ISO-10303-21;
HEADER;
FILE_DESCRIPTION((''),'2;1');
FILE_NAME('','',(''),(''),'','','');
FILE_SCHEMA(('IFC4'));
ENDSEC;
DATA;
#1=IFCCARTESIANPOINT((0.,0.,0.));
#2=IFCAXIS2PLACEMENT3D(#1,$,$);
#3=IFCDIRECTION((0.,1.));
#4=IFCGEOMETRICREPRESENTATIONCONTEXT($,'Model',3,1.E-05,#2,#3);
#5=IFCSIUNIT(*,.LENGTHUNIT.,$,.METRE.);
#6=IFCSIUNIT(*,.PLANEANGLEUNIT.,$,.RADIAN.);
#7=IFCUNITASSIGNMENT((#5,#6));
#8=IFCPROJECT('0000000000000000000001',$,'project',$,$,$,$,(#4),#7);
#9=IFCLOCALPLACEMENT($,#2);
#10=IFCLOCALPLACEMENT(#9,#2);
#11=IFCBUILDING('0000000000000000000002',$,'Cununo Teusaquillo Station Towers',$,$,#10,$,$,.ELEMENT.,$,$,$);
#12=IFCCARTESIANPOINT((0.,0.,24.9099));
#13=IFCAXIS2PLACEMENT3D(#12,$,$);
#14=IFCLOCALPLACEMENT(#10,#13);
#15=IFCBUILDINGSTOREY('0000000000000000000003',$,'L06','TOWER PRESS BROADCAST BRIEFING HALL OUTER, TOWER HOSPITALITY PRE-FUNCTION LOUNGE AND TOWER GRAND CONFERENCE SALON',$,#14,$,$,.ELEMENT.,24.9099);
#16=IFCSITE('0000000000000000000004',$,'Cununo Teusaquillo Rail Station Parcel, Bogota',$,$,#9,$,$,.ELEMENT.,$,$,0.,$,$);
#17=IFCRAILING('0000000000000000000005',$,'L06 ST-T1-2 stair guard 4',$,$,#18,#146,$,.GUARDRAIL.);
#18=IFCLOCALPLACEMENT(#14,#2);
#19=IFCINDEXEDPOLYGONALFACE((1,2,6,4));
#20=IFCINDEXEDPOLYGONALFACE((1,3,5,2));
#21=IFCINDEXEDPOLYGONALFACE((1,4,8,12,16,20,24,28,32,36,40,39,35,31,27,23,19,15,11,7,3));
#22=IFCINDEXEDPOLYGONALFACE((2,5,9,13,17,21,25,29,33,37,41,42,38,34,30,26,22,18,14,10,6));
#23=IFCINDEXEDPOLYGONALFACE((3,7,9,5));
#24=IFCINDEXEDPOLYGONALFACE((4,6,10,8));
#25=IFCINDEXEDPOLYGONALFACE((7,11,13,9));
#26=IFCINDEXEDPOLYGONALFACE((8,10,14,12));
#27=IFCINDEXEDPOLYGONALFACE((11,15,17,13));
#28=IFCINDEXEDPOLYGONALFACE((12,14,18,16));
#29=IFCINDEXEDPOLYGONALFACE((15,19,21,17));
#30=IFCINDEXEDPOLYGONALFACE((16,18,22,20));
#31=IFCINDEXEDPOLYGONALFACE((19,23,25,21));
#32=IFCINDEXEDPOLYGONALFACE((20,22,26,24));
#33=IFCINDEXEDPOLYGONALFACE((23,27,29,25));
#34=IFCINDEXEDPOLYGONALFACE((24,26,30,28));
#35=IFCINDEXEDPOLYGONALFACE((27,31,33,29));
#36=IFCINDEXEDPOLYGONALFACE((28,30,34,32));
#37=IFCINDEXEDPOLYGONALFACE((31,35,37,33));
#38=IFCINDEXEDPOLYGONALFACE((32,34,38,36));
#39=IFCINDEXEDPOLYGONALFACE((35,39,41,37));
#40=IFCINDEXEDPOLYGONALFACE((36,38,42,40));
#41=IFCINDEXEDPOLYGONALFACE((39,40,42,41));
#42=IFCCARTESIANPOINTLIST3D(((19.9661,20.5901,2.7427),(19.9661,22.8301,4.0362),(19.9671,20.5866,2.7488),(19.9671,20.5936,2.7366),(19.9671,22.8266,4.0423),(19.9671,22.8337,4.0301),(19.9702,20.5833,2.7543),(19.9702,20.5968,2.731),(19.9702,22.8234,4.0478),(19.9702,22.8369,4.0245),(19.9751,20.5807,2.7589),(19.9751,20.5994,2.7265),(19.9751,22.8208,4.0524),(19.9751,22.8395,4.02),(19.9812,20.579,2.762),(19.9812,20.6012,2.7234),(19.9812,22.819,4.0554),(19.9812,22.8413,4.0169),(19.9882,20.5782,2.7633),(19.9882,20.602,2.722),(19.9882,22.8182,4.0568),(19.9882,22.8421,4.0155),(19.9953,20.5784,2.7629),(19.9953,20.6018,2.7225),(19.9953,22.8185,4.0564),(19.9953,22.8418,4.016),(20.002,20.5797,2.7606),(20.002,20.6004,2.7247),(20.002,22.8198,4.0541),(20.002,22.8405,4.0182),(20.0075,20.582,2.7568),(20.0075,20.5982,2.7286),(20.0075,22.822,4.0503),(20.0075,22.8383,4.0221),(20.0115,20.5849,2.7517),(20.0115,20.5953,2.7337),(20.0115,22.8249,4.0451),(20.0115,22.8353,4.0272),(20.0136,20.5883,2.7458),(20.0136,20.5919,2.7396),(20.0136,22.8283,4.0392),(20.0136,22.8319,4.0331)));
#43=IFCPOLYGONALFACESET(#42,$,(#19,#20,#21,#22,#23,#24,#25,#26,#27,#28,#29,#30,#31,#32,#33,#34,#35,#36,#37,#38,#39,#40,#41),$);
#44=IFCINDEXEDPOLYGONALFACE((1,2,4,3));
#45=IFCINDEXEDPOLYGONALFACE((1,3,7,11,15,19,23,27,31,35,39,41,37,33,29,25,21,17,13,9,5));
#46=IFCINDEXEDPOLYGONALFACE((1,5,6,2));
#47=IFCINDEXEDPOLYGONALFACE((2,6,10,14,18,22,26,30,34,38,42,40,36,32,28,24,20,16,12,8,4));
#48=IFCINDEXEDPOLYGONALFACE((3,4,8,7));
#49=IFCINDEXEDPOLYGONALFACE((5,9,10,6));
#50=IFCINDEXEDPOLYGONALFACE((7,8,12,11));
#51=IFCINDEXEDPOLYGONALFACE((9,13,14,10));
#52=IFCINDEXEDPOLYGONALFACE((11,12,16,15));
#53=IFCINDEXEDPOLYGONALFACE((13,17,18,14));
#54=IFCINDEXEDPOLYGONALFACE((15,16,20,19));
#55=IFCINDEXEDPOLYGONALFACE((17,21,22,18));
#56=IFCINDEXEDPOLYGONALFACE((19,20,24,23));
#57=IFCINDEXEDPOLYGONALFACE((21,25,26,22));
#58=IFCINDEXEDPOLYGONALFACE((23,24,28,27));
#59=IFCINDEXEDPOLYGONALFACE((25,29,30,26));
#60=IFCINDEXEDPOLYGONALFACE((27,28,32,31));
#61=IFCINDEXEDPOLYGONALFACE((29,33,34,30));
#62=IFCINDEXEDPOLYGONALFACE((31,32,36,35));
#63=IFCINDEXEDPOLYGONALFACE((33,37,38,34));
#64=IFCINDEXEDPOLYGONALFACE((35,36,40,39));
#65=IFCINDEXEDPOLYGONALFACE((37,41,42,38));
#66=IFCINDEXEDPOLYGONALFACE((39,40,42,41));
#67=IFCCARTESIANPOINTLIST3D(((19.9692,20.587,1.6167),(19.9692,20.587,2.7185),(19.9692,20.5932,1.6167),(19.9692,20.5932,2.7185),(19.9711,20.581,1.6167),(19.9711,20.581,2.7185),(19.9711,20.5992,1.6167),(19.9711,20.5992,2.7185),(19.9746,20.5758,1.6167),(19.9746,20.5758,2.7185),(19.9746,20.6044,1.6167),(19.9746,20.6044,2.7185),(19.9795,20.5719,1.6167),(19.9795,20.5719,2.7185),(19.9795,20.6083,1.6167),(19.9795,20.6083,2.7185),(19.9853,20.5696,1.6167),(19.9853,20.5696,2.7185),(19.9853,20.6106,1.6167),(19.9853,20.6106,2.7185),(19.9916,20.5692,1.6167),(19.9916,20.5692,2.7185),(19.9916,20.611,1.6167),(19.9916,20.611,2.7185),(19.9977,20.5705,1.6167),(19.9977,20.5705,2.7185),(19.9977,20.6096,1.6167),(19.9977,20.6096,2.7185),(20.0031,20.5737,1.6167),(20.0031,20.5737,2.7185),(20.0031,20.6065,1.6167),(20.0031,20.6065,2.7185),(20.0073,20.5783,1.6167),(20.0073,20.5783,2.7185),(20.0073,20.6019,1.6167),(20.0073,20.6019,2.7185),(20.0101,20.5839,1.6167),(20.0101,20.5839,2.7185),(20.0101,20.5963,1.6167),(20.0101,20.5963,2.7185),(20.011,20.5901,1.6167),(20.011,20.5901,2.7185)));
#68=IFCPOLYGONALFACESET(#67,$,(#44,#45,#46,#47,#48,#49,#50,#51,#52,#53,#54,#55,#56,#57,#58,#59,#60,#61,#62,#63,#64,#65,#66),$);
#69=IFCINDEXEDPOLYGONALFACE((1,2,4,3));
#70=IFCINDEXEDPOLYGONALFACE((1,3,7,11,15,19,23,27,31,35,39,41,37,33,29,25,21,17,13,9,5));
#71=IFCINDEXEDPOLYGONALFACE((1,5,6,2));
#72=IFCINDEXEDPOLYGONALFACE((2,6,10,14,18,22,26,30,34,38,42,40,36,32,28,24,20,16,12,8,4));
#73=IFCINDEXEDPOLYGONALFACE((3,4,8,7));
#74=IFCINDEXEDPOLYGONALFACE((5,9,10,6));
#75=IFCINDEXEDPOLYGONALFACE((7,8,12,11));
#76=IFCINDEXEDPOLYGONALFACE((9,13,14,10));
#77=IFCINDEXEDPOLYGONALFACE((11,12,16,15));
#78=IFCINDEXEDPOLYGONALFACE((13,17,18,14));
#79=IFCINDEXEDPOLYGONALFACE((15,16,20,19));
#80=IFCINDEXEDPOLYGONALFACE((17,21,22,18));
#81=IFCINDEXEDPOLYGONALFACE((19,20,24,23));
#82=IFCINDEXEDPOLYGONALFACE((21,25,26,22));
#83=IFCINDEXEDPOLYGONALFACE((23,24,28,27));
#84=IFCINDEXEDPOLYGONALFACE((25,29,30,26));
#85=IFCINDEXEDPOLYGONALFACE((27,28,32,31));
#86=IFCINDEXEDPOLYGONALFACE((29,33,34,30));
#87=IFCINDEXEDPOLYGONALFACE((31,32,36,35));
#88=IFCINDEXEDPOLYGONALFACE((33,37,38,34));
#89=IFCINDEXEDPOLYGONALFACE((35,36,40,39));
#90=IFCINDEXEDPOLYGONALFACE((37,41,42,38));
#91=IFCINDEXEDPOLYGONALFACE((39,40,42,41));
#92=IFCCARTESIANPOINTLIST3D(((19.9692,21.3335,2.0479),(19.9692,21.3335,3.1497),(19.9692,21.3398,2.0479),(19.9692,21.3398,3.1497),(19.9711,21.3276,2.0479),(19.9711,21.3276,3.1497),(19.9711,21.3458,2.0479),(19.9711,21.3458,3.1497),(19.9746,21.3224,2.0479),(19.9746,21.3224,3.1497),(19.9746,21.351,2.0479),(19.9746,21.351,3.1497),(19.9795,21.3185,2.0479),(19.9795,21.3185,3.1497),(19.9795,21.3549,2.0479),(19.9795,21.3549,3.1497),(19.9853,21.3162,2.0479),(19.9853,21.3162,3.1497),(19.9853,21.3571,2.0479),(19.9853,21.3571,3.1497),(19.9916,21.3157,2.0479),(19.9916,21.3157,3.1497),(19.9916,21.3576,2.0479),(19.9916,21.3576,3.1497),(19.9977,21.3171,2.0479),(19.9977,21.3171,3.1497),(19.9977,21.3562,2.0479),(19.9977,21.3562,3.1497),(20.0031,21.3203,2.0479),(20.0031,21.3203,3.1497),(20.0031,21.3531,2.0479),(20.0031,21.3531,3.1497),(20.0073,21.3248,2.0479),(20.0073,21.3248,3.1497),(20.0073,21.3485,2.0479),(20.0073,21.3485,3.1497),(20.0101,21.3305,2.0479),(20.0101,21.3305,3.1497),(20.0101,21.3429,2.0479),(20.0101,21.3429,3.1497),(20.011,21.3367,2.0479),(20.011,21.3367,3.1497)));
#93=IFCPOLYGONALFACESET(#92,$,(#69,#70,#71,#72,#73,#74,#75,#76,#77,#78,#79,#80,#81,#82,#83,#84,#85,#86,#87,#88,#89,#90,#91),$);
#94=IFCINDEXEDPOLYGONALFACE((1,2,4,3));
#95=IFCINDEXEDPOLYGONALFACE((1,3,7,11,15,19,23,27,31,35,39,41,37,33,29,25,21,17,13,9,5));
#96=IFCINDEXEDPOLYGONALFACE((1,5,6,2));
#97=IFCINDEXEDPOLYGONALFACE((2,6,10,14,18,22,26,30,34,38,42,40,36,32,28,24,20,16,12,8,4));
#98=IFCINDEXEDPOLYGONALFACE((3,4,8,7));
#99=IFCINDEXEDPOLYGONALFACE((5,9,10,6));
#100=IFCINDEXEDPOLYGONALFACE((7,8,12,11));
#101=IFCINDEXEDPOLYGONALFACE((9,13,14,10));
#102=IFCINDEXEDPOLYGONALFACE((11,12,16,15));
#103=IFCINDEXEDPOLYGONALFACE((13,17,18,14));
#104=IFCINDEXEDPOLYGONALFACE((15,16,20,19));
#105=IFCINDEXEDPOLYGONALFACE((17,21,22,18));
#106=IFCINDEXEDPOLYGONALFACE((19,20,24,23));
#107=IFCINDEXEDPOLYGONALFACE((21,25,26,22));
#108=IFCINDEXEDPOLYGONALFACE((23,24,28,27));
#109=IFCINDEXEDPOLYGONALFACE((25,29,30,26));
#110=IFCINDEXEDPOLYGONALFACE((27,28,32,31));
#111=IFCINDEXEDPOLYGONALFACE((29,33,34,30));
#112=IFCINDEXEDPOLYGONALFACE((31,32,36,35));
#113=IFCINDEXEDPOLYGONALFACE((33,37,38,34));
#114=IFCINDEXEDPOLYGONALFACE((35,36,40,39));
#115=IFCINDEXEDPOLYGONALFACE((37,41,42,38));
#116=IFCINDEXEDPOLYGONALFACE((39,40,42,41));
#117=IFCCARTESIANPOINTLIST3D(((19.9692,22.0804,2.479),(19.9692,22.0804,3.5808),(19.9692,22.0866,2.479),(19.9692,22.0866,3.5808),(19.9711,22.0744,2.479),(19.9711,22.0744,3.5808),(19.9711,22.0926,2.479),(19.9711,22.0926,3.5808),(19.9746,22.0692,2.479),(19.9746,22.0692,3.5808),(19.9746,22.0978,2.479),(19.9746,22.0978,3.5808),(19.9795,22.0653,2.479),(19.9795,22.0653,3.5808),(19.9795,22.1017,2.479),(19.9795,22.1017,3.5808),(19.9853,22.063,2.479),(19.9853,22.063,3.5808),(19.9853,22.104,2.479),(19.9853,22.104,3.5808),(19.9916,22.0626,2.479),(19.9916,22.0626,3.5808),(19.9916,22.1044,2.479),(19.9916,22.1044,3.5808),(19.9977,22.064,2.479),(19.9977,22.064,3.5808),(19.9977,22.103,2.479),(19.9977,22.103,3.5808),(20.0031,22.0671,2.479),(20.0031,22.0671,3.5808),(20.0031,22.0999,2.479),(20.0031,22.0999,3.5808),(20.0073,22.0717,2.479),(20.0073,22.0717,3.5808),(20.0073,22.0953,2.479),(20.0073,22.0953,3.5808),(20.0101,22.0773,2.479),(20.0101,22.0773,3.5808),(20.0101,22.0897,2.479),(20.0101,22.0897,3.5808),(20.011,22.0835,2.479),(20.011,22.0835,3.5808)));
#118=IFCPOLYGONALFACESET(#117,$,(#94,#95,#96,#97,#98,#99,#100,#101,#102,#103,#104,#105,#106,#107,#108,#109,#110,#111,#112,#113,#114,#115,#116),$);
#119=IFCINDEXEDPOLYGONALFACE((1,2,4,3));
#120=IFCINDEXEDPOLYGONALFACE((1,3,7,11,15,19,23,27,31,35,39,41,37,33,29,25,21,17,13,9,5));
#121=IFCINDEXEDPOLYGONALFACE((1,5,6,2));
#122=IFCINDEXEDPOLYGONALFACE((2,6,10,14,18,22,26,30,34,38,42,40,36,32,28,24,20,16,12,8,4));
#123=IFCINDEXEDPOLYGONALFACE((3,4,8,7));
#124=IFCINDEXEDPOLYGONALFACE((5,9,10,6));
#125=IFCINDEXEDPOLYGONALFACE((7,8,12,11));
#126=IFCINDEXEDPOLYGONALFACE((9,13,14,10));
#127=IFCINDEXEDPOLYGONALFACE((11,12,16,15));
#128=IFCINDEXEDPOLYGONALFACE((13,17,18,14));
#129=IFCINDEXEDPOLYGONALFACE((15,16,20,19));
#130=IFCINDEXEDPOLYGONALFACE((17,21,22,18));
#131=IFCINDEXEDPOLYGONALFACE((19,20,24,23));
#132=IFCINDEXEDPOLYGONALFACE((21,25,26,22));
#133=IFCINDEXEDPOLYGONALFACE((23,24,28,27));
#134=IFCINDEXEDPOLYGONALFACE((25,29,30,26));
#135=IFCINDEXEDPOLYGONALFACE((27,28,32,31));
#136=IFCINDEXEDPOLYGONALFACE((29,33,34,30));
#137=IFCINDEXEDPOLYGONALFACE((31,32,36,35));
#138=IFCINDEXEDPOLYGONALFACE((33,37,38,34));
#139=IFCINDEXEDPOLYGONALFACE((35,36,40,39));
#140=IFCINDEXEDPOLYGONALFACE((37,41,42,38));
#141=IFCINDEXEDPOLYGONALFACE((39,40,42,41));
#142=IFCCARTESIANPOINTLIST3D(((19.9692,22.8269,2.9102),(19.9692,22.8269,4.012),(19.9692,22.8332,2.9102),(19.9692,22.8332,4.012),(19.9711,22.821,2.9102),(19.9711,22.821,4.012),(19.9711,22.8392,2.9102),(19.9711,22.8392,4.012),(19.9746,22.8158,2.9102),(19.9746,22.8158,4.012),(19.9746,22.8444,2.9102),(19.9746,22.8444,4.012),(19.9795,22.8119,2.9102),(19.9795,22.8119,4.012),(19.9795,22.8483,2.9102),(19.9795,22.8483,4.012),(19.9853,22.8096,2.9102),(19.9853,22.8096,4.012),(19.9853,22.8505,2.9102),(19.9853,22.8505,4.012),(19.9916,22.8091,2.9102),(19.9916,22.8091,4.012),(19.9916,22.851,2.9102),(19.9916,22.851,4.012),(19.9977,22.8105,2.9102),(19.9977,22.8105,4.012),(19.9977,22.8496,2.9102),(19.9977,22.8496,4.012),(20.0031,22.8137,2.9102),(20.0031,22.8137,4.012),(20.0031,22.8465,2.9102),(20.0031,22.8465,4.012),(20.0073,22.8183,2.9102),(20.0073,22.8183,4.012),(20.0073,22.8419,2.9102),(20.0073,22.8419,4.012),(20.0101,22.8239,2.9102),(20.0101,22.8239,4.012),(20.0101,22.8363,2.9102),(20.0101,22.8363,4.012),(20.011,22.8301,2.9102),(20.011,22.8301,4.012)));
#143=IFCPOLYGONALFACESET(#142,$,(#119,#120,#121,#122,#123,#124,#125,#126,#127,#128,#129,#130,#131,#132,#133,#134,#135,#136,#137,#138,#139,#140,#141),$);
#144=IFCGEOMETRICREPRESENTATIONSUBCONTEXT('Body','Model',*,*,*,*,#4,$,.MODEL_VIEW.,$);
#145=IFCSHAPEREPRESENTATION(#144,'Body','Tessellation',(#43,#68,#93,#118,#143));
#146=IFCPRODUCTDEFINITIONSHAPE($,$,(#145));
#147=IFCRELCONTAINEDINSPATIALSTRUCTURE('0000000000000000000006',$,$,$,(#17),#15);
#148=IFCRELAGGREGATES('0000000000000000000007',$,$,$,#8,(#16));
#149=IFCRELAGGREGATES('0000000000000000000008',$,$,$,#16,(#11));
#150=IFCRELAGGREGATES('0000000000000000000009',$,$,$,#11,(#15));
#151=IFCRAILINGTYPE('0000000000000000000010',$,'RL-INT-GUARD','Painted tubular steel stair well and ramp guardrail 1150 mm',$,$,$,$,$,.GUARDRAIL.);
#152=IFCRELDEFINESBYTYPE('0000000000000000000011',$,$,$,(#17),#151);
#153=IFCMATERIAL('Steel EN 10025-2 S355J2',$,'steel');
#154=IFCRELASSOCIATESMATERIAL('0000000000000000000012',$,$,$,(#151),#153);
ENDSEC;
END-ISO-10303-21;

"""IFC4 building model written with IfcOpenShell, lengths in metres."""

from ifc_helpers import new_model, si_unit, direction, frame, origin, origin_2d, place, context, subcontext, project, spatial, circle, extrude, material, type_object, element, save


model = new_model("IFC4")

# Units and contexts
model_context = context("Model", 3, precision=1e-05, world=origin(), true_north=direction((0.0, 1.0)))
body_context = subcontext(model_context, "Body", "Model", "MODEL_VIEW")
ifc_project = project(units=[si_unit("LENGTHUNIT", "METRE"), si_unit("PLANEANGLEUNIT", "RADIAN")], contexts=[model_context])

# Site, building, storey
site_placement = place(None, origin())
site = spatial("IfcSite", under=ifc_project, at=site_placement, Name="Cununo Teusaquillo Rail Station Parcel, Bogota", CompositionType="ELEMENT", RefElevation=0.0)
building_placement = place(site_placement, origin())
building = spatial("IfcBuilding", under=site, at=building_placement, Name="Cununo Teusaquillo Station Towers", CompositionType="ELEMENT")
storey_placement = place(building_placement, frame((0.0, 0.0, 24.9099)))
storey = spatial("IfcBuildingStorey", under=building, at=storey_placement, Name="L06", Description="TOWER PRESS BROADCAST BRIEFING HALL OUTER, TOWER HOSPITALITY PRE-FUNCTION LOUNGE AND TOWER GRAND CONFERENCE SALON", CompositionType="ELEMENT", Elevation=24.9099)

# Railing
ifc_material_1 = material(Name="Steel EN 10025-2 S355J2", Category="steel")
railing_type_1 = type_object("IfcRailingType", Name="RL-INT-GUARD", Description="Painted tubular steel stair well and ramp guardrail 1150 mm", PredefinedType="GUARDRAIL", material=ifc_material_1)
railing_1_placement = place(storey_placement, frame((19.99, 20.5901, 1.6167)))
element("IfcRailing", 1, at=railing_1_placement, inside=storey, type_object=railing_type_1, Name="L06 ST-T1-2 stair guard 4", PredefinedType="GUARDRAIL", context=body_context, shape_type="SweptSolid", body=[
    extrude(circle(Radius=0.0239, at=origin_2d()), frame((0.0, 0.0, 1.126), z_axis=(0.0, 0.865992, 0.500057), x_axis=(-1.0, 0.0, 0.0)), (0.0, 0.0, 1.0), 2.5867),
    extrude(circle(Radius=0.021, at=origin_2d()), origin(), (0.0, 0.0, 1.0), 1.1018),
    extrude(circle(Radius=0.021, at=origin_2d()), frame((0.0, 0.7466, 0.4312)), (0.0, 0.0, 1.0), 1.1018),
    extrude(circle(Radius=0.021, at=origin_2d()), frame((0.0, 1.4934, 0.8623)), (0.0, 0.0, 1.0), 1.1018),
    extrude(circle(Radius=0.021, at=origin_2d()), frame((0.0, 2.24, 1.2935)), (0.0, 0.0, 1.0), 1.1018),
])

save(model, "model.ifc")
